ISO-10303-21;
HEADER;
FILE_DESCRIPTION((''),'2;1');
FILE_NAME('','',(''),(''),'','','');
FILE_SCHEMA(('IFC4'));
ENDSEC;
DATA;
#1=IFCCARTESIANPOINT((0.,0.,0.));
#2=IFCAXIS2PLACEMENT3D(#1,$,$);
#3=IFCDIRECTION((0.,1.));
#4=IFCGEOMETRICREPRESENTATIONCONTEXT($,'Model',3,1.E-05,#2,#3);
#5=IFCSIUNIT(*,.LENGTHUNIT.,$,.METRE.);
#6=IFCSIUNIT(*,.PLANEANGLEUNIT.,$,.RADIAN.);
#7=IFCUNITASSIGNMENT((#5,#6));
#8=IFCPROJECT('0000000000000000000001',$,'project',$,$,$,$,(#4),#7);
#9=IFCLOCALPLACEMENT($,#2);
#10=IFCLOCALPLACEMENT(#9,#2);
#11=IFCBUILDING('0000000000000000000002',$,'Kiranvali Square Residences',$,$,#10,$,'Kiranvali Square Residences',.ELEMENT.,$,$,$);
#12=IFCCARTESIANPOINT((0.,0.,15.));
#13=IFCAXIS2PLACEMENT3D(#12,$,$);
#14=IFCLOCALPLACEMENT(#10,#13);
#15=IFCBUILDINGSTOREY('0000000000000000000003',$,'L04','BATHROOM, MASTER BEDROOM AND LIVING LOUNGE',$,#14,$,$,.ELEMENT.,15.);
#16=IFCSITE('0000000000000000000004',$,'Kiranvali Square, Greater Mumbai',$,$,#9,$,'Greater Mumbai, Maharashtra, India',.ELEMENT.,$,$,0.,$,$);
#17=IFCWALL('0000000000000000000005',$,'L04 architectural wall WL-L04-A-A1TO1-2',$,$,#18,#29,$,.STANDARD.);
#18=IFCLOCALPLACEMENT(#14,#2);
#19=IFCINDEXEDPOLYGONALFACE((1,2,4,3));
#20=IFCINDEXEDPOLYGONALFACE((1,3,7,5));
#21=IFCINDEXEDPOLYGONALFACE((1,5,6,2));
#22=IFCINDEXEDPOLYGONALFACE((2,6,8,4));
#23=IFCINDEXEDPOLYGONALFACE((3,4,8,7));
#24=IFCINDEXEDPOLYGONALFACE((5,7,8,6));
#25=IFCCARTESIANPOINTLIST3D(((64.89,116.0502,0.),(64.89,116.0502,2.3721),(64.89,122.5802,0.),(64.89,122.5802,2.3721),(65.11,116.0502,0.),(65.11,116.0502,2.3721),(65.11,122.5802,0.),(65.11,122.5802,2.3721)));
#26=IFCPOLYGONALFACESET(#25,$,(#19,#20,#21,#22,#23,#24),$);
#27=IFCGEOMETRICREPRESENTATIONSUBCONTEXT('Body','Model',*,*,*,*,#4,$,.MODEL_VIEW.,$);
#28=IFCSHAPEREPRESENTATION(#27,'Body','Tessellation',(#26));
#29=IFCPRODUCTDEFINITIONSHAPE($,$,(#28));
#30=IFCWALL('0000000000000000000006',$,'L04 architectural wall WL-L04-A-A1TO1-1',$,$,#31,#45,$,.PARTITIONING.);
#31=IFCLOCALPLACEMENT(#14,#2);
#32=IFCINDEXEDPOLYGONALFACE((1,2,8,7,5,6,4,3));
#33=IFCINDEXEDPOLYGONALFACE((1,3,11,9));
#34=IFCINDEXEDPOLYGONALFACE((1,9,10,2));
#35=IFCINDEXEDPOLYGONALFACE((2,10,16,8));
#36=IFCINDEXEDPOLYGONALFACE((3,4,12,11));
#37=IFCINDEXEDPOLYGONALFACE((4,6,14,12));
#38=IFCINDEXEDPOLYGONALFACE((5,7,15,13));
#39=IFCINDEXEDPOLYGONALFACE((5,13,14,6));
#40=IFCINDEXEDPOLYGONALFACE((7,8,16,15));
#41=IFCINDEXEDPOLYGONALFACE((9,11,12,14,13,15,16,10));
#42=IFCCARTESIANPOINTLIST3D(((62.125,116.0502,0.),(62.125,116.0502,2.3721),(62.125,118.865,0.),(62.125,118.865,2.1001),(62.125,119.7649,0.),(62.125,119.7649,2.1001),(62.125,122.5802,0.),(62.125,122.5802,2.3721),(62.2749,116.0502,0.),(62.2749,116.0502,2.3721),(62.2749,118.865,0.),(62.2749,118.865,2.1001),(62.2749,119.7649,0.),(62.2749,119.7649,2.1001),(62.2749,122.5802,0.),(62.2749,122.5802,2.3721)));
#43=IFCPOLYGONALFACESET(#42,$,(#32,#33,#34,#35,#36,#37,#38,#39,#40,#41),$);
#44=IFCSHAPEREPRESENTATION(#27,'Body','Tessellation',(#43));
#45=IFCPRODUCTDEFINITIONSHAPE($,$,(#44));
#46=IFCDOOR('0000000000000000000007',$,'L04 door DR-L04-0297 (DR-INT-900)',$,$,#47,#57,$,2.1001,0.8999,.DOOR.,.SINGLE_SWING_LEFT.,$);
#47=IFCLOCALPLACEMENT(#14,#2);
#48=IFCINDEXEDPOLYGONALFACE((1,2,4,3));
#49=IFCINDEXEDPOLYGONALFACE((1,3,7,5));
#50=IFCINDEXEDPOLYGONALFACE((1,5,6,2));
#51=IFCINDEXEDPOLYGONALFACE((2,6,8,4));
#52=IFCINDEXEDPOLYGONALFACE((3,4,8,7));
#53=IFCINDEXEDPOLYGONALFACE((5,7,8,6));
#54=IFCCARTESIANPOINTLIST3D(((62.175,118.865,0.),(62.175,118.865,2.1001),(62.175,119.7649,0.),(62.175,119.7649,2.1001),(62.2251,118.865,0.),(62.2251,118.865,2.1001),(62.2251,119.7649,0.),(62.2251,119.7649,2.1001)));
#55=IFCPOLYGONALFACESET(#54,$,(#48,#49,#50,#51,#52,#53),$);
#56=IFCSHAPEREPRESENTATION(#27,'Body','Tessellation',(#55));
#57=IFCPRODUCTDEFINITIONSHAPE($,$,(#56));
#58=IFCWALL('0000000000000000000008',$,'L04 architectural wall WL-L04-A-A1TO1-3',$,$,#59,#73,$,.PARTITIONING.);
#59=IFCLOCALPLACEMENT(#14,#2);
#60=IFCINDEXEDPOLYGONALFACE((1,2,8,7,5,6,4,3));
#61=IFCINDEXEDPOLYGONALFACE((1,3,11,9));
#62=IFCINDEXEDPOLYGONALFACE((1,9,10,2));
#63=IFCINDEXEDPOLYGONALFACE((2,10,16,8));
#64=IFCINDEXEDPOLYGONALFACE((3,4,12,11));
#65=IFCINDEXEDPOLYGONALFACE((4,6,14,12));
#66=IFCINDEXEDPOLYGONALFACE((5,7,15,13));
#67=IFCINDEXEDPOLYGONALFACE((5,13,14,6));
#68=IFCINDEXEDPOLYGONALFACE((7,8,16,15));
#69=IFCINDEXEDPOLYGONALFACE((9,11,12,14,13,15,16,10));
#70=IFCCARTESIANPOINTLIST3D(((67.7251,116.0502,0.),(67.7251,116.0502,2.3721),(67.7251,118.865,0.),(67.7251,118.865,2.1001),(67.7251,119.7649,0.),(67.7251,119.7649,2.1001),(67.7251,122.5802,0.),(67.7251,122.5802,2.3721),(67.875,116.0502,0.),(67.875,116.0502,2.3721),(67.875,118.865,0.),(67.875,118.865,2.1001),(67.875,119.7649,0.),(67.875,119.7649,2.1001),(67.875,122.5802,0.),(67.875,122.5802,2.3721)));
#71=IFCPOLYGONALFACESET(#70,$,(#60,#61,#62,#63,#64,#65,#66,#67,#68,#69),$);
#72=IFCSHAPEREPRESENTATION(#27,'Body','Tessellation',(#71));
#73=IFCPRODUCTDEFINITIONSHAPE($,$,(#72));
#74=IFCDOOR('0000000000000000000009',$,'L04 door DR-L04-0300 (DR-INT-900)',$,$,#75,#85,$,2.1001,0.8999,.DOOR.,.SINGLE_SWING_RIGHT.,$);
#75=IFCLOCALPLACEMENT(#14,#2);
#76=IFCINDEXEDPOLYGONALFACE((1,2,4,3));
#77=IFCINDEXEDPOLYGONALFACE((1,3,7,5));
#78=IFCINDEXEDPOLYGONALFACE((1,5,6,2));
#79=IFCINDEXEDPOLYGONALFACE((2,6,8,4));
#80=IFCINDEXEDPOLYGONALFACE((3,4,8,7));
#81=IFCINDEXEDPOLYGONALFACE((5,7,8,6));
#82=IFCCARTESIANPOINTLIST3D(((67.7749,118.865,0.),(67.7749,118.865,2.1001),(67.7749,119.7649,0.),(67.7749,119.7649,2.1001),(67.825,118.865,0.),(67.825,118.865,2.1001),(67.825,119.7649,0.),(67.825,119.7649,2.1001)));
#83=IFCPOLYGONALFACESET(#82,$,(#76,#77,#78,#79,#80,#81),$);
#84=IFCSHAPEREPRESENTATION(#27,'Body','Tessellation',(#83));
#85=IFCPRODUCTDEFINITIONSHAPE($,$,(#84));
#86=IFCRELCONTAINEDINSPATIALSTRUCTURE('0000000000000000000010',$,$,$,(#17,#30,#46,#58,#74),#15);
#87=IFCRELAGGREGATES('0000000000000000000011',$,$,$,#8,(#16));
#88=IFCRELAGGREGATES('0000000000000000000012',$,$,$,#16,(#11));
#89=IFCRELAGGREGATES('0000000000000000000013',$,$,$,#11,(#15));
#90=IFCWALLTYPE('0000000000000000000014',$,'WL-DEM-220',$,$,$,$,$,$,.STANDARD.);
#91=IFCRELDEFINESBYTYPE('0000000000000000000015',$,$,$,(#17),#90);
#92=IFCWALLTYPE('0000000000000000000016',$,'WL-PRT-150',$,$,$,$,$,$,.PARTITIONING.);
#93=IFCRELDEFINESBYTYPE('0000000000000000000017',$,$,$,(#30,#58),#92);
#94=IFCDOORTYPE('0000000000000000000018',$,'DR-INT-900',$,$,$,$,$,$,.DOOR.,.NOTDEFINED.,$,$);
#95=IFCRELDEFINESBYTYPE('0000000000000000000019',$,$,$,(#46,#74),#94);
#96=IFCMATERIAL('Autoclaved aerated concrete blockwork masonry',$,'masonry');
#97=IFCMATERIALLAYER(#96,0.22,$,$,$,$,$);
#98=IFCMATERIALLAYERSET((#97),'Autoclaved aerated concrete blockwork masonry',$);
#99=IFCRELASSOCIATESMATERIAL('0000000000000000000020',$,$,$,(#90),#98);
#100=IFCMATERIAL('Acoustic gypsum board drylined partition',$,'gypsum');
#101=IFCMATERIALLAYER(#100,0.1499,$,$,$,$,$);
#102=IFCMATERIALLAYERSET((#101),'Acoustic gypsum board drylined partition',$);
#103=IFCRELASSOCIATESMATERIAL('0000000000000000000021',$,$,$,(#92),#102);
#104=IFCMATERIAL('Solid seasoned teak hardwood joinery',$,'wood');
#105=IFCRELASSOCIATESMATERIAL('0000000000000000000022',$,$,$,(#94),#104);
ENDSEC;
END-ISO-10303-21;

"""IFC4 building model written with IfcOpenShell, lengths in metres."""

from ifc_helpers import new_model, si_unit, direction, frame, frame_2d, origin, place, context, subcontext, project, spatial, rectangle, extrude, material, layer, layer_set, type_object, element, fill, save


model = new_model("IFC4")

# Units and contexts
model_context = context("Model", 3, precision=1e-05, world=origin(), true_north=direction((0.0, 1.0)))
body_context = subcontext(model_context, "Body", "Model", "MODEL_VIEW")
ifc_project = project(units=[si_unit("LENGTHUNIT", "METRE"), si_unit("PLANEANGLEUNIT", "RADIAN")], contexts=[model_context])

# Site, building, storey
site_placement = place(None, origin())
site = spatial("IfcSite", under=ifc_project, at=site_placement, Name="Kiranvali Square, Greater Mumbai", LongName="Greater Mumbai, Maharashtra, India", CompositionType="ELEMENT", RefElevation=0.0)
building_placement = place(site_placement, origin())
building = spatial("IfcBuilding", under=site, at=building_placement, Name="Kiranvali Square Residences", LongName="Kiranvali Square Residences", CompositionType="ELEMENT")
storey_placement = place(building_placement, frame((0.0, 0.0, 15.0)))
storey = spatial("IfcBuildingStorey", under=building, at=storey_placement, Name="L04", Description="BATHROOM, MASTER BEDROOM AND LIVING LOUNGE", CompositionType="ELEMENT", Elevation=15.0)

# Shared definitions
ifc_material_1 = material(Name="Autoclaved aerated concrete blockwork masonry", Category="masonry")

# Wall
ifc_layer_1 = layer(ifc_material_1, 0.22)
ifc_layer_set_1 = layer_set([ifc_layer_1], Name="Autoclaved aerated concrete blockwork masonry")
wall_type_1 = type_object("IfcWallType", Name="WL-DEM-220", PredefinedType="STANDARD", material=ifc_layer_set_1)
wall_1_placement = place(storey_placement, frame((65.0, 116.05, 0.0), z_axis=(0.0, 0.0, 1.0), x_axis=(0.0, 1.0, 0.0)))
element("IfcWall", 1, at=wall_1_placement, inside=storey, type_object=wall_type_1, Name="L04 architectural wall WL-L04-A-A1TO1-2", PredefinedType="STANDARD", context=body_context, shape_type="SweptSolid", body=[
    extrude(rectangle(XDim=6.53, YDim=0.22, at=frame_2d((3.2651, 0.0))), origin(), (0.0, 0.0, 1.0), 2.3721),
])

# Walls, openings, doors
ifc_material_2 = material(Name="Acoustic gypsum board drylined partition", Category="gypsum")
ifc_layer_2 = layer(ifc_material_2, 0.1499)
ifc_layer_set_2 = layer_set([ifc_layer_2], Name="Acoustic gypsum board drylined partition")
wall_type_2 = type_object("IfcWallType", Name="WL-PRT-150", PredefinedType="PARTITIONING", material=ifc_layer_set_2)
wall_2_placement = place(storey_placement, frame((62.2, 116.05, 0.0), z_axis=(0.0, 0.0, 1.0), x_axis=(0.0, 1.0, 0.0)))
wall_2 = element("IfcWall", 2, at=wall_2_placement, inside=storey, type_object=wall_type_2, Name="L04 architectural wall WL-L04-A-A1TO1-1", PredefinedType="PARTITIONING", context=body_context, shape_type="SweptSolid", body=[
    extrude(rectangle(XDim=6.53, YDim=0.1499, at=frame_2d((3.2651, 0.0))), origin(), (0.0, 0.0, 1.0), 2.3721),
])
opening_1_placement = place(wall_2_placement, frame((2.8149, 0.0, 0.0)))
opening_1 = element("IfcOpeningElement", 3, at=opening_1_placement, cuts=wall_2, PredefinedType="OPENING", context=body_context, shape_type="SweptSolid", body=[
    extrude(rectangle(XDim=0.8999, YDim=2.1001, at=frame_2d((0.45, 1.05))), frame((0.0, 0.085, 0.0), z_axis=(0.0, -1.0, 0.0), x_axis=(1.0, 0.0, 0.0)), (0.0, 0.0, 1.0), 0.1699),
])
ifc_material_3 = material(Name="Solid seasoned teak hardwood joinery", Category="wood")
door_type_1 = type_object("IfcDoorType", Name="DR-INT-900", OperationType="NOTDEFINED", PredefinedType="DOOR", material=ifc_material_3)
door_1_placement = place(opening_1_placement, origin())
door_1 = element("IfcDoor", 4, at=door_1_placement, inside=storey, type_object=door_type_1, Name="L04 door DR-L04-0297 (DR-INT-900)", OperationType="SINGLE_SWING_LEFT", OverallHeight=2.1001, OverallWidth=0.8999, PredefinedType="DOOR", context=body_context, shape_type="SweptSolid", body=[
    extrude(rectangle(XDim=0.8999, YDim=2.1001, at=frame_2d((0.45, 1.05))), frame((0.0, 0.0249, 0.0), z_axis=(0.0, -1.0, 0.0), x_axis=(1.0, 0.0, 0.0)), (0.0, 0.0, 1.0), 0.05),
])
fill(opening_1, door_1)
wall_3_placement = place(storey_placement, frame((67.8, 116.05, 0.0), z_axis=(0.0, 0.0, 1.0), x_axis=(0.0, 1.0, 0.0)))
wall_3 = element("IfcWall", 5, at=wall_3_placement, inside=storey, type_object=wall_type_2, Name="L04 architectural wall WL-L04-A-A1TO1-3", PredefinedType="PARTITIONING", context=body_context, shape_type="SweptSolid", body=[
    extrude(rectangle(XDim=6.53, YDim=0.1499, at=frame_2d((3.2651, 0.0))), origin(), (0.0, 0.0, 1.0), 2.3721),
])
opening_2_placement = place(wall_3_placement, frame((2.8149, 0.0, 0.0)))
opening_2 = element("IfcOpeningElement", 6, at=opening_2_placement, cuts=wall_3, PredefinedType="OPENING", context=body_context, shape_type="SweptSolid", body=[
    extrude(rectangle(XDim=0.8999, YDim=2.1001, at=frame_2d((0.45, 1.05))), frame((0.0, 0.085, 0.0), z_axis=(0.0, -1.0, 0.0), x_axis=(1.0, 0.0, 0.0)), (0.0, 0.0, 1.0), 0.1699),
])
door_2_placement = place(opening_2_placement, frame((0.8999, 0.0, 0.0), z_axis=(0.0, 0.0, 1.0), x_axis=(-1.0, 0.0, 0.0)))
door_2 = element("IfcDoor", 7, at=door_2_placement, inside=storey, type_object=door_type_1, Name="L04 door DR-L04-0300 (DR-INT-900)", OperationType="SINGLE_SWING_RIGHT", OverallHeight=2.1001, OverallWidth=0.8999, PredefinedType="DOOR", context=body_context, shape_type="SweptSolid", body=[
    extrude(rectangle(XDim=0.8999, YDim=2.1001, at=frame_2d((0.45, 1.05))), frame((0.0, 0.0249, 0.0), z_axis=(0.0, -1.0, 0.0), x_axis=(1.0, 0.0, 0.0)), (0.0, 0.0, 1.0), 0.05),
])
fill(opening_2, door_2)

save(model, "model.ifc")
